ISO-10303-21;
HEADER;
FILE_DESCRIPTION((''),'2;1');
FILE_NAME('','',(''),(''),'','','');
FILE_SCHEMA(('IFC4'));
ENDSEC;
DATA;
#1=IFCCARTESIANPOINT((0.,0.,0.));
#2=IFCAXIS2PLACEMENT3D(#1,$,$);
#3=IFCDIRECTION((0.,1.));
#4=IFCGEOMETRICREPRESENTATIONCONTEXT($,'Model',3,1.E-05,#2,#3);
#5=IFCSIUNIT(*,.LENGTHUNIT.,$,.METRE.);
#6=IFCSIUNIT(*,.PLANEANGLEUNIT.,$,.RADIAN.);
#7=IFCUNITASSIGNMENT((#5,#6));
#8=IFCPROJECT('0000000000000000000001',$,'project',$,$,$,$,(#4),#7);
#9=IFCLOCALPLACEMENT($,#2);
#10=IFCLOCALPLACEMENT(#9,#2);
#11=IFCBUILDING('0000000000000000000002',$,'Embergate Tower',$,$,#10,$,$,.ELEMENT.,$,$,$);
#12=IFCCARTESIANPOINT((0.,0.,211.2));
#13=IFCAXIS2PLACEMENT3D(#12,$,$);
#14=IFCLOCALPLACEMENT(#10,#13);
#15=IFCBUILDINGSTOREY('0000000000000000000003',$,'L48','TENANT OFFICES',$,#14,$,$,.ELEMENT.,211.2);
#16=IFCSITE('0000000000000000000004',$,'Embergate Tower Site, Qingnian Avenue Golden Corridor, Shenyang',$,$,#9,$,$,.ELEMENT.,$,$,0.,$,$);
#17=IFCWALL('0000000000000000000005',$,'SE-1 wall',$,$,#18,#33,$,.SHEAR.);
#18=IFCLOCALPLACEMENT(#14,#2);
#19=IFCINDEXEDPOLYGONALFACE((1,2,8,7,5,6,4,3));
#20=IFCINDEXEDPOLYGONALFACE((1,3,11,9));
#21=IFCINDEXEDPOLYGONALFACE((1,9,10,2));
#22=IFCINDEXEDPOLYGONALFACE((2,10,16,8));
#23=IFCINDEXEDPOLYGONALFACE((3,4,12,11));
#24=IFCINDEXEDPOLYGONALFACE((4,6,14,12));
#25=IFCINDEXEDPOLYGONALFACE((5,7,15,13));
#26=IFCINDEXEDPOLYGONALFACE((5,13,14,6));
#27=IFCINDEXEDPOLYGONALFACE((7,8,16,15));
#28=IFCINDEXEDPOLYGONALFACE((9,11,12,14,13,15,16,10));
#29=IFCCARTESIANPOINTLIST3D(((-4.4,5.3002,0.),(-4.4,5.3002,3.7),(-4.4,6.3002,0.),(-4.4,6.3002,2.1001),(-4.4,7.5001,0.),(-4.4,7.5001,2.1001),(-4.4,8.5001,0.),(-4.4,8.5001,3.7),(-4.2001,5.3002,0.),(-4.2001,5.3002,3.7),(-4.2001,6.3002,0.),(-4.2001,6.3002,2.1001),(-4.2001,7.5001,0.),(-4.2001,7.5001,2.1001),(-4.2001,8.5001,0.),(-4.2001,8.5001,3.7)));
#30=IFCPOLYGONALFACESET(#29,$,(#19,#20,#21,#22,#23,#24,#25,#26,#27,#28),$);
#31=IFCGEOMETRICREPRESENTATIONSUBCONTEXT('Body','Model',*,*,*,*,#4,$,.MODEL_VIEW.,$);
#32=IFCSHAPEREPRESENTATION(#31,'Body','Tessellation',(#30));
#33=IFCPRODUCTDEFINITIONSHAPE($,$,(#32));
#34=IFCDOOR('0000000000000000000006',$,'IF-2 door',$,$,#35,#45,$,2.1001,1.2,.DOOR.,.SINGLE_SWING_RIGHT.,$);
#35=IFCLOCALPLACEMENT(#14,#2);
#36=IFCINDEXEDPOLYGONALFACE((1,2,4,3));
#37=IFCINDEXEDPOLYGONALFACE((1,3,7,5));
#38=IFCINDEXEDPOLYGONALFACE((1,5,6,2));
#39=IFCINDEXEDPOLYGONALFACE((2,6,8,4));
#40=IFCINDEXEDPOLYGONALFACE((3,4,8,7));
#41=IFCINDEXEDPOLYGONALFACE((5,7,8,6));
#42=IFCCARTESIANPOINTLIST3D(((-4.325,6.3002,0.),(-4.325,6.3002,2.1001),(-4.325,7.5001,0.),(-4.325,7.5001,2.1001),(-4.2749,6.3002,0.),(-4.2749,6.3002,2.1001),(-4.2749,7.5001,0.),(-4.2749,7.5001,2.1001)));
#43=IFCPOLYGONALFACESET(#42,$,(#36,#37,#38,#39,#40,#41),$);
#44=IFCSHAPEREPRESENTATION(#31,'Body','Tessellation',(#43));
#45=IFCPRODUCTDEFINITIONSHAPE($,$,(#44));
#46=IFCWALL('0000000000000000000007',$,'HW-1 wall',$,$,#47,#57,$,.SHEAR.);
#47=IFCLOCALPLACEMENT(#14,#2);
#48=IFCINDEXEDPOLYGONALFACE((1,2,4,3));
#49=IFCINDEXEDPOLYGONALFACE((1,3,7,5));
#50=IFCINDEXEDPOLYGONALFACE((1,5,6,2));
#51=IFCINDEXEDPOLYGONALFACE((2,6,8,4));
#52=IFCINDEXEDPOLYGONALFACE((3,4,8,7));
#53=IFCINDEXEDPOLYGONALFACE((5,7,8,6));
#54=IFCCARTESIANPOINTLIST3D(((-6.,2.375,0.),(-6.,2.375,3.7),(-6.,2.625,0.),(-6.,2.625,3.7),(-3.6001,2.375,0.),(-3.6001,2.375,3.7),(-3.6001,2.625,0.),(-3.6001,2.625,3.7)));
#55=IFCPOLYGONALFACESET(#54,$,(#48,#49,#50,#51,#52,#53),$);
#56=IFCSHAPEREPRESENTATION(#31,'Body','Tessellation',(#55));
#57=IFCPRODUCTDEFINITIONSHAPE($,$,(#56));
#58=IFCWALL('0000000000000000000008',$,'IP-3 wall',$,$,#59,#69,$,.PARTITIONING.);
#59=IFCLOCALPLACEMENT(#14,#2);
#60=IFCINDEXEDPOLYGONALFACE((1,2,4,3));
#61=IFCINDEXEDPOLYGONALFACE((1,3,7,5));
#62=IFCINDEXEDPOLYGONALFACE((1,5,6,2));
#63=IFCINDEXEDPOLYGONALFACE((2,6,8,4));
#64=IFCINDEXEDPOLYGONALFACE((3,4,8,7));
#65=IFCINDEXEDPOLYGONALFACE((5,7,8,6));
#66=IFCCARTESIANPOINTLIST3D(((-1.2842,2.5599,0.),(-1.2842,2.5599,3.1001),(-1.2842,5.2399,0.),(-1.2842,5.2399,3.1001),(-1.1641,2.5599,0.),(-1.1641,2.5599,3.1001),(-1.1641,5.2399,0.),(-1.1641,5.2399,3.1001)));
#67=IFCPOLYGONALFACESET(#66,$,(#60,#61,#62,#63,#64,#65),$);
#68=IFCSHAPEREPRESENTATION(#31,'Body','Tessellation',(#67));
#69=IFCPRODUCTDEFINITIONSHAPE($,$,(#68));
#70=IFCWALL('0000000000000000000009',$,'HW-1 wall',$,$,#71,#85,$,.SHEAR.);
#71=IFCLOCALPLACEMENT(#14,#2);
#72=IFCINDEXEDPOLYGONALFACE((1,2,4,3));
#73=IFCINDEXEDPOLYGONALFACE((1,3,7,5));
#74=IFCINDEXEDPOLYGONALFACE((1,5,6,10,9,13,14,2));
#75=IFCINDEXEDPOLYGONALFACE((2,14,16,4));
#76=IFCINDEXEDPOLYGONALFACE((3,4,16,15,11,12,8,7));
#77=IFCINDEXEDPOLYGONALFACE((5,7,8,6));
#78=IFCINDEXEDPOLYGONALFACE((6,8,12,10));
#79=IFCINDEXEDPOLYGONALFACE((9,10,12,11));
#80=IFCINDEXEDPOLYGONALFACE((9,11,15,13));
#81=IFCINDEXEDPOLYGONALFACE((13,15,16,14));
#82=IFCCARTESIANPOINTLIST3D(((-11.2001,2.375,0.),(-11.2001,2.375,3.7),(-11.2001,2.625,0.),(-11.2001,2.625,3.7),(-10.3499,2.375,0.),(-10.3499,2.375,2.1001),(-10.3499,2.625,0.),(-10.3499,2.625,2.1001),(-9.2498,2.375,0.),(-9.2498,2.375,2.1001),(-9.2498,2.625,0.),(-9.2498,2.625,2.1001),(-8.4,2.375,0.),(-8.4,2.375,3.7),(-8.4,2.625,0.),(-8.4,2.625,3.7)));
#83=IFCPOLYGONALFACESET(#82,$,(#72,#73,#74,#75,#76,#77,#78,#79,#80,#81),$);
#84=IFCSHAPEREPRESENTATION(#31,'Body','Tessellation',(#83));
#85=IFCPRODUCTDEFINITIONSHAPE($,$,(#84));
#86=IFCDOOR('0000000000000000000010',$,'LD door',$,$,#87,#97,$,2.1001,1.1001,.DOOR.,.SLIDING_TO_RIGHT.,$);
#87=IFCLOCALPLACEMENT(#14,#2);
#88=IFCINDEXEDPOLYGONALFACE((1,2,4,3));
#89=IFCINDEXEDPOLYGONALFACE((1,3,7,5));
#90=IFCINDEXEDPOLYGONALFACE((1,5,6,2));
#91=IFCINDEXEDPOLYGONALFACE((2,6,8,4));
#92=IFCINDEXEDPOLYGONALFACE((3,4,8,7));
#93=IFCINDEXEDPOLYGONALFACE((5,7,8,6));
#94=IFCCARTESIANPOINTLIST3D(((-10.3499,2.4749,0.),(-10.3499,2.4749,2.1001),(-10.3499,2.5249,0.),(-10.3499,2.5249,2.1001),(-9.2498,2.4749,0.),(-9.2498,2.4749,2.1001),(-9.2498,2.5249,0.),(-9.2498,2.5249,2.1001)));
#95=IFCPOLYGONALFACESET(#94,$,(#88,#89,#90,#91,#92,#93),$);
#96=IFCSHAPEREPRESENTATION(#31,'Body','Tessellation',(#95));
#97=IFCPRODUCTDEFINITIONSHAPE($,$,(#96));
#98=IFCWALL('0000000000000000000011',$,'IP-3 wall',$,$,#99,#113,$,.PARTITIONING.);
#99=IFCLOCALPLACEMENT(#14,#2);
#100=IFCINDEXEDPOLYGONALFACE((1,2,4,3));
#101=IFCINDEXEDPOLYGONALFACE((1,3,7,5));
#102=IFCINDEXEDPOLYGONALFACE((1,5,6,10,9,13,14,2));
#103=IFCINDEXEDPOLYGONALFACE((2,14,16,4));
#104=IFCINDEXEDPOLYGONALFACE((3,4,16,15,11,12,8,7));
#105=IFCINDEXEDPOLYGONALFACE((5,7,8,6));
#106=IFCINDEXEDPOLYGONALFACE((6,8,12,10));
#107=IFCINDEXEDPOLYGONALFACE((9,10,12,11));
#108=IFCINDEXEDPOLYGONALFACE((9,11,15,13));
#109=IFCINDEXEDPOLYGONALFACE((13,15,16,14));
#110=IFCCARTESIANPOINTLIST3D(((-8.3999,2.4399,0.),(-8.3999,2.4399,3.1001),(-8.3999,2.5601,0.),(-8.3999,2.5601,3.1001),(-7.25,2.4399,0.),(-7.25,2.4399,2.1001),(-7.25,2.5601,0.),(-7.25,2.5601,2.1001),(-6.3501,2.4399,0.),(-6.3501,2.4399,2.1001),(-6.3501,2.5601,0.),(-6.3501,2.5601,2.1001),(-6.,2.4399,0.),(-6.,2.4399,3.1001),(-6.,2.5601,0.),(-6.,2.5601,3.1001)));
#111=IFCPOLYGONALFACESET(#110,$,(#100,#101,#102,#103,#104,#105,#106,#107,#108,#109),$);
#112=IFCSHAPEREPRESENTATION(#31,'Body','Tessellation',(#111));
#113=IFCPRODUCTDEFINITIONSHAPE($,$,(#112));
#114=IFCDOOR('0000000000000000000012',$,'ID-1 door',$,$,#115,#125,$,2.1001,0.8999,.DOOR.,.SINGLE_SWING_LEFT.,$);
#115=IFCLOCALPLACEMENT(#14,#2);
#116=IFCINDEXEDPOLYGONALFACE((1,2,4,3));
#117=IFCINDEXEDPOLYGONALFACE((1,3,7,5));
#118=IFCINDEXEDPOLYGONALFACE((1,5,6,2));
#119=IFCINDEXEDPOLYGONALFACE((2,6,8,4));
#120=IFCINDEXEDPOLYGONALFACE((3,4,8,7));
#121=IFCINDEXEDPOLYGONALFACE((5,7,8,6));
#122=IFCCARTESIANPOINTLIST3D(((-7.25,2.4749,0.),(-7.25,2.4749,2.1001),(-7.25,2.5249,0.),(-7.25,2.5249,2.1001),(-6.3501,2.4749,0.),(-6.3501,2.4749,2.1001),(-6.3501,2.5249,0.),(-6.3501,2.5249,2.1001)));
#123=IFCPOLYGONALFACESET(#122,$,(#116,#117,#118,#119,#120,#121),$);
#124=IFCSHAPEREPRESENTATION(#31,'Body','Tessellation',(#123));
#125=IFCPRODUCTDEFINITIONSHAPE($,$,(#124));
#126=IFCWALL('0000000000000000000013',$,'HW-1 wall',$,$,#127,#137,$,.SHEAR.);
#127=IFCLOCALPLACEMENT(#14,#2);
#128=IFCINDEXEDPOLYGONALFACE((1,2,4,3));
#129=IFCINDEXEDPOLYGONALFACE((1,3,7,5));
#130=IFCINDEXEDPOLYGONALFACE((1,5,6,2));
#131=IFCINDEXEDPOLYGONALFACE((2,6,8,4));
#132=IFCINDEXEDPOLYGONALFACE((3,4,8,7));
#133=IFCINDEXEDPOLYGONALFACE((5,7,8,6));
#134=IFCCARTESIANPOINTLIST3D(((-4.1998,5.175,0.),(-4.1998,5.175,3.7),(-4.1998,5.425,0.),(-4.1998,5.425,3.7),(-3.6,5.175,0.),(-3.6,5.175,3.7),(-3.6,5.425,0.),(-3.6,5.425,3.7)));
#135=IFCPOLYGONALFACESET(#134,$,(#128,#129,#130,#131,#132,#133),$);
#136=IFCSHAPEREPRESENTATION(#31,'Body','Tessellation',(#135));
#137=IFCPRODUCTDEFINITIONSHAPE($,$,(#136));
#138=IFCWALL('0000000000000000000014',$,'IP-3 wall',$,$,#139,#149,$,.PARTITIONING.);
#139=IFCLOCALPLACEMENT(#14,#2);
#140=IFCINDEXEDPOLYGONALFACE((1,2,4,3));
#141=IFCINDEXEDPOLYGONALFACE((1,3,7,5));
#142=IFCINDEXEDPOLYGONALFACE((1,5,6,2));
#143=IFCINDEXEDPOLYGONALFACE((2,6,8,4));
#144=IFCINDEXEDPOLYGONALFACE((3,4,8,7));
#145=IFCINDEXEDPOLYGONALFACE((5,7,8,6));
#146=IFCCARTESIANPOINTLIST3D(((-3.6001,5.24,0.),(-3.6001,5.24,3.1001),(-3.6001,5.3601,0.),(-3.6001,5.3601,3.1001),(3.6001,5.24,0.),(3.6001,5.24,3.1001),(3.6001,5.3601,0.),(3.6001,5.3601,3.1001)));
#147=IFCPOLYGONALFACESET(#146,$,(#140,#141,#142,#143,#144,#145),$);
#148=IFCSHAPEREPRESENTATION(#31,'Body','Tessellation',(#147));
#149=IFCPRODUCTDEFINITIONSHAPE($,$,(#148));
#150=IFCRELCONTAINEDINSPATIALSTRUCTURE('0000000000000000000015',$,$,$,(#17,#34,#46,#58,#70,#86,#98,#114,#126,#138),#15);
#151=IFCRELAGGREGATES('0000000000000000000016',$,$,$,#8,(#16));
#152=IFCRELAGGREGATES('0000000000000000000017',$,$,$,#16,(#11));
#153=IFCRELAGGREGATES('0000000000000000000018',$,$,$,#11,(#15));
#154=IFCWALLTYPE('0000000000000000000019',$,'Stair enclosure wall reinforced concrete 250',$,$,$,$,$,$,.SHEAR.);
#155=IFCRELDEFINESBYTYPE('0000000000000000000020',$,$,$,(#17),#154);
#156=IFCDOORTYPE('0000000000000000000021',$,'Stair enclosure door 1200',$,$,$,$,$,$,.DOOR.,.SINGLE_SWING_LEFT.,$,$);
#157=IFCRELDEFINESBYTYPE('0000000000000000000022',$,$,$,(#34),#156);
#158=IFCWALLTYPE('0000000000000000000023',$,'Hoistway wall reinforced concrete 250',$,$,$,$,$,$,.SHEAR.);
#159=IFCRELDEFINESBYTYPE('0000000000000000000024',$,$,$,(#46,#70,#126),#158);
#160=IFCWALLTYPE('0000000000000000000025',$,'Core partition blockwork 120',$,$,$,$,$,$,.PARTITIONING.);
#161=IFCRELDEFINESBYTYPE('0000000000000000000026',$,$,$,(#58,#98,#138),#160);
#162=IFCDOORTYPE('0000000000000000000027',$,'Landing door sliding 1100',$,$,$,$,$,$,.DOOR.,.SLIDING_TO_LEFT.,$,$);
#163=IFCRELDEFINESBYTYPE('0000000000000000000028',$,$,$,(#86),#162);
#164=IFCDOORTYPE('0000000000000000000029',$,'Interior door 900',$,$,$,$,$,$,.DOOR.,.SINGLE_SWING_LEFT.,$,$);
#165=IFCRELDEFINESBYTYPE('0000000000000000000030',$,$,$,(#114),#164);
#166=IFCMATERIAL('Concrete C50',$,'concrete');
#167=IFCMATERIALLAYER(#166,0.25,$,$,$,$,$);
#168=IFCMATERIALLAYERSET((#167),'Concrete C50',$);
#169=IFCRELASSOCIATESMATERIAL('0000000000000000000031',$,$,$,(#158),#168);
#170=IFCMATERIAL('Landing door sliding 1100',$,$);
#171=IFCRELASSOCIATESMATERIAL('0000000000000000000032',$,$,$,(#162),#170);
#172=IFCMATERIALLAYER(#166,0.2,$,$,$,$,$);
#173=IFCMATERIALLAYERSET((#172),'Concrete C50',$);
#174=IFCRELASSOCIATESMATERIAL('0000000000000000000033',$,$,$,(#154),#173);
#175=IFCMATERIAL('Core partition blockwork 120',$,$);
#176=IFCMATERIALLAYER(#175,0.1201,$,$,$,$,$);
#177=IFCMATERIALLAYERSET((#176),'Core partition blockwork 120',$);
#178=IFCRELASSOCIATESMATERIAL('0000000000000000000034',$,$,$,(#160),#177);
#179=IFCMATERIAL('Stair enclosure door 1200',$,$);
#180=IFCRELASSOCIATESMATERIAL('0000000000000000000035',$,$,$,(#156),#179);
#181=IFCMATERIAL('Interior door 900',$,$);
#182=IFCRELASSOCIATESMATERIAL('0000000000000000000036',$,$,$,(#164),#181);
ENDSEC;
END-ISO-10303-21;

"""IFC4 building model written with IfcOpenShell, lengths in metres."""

from ifc_helpers import new_model, si_unit, direction, frame, frame_2d, origin, place, context, subcontext, project, spatial, rectangle, extrude, source, transform, mapped, material, layer, layer_set, type_object, element, fill, save


model = new_model("IFC4")

# Units and contexts
model_context = context("Model", 3, precision=1e-05, world=origin(), true_north=direction((0.0, 1.0)))
body_context = subcontext(model_context, "Body", "Model", "MODEL_VIEW")
ifc_project = project(units=[si_unit("LENGTHUNIT", "METRE"), si_unit("PLANEANGLEUNIT", "RADIAN")], contexts=[model_context])

# Site, building, storey
site_placement = place(None, origin())
site = spatial("IfcSite", under=ifc_project, at=site_placement, Name="Embergate Tower Site, Qingnian Avenue Golden Corridor, Shenyang", CompositionType="ELEMENT", RefElevation=0.0)
building_placement = place(site_placement, origin())
building = spatial("IfcBuilding", under=site, at=building_placement, Name="Embergate Tower", CompositionType="ELEMENT")
storey_placement = place(building_placement, frame((0.0, 0.0, 211.2)))
storey = spatial("IfcBuildingStorey", under=building, at=storey_placement, Name="L48", Description="TENANT OFFICES", CompositionType="ELEMENT", Elevation=211.2)

# Shared definitions
ifc_material_1 = material(Name="Concrete C50", Category="concrete")
ifc_layer_1 = layer(ifc_material_1, 0.25)
ifc_layer_set_1 = layer_set([ifc_layer_1], Name="Concrete C50")
wall_type_1 = type_object("IfcWallType", Name="Hoistway wall reinforced concrete 250", PredefinedType="SHEAR", material=ifc_layer_set_1)

# Shared definitions
shared_shape_1 = source(origin(), body_context, "Body", "SweptSolid", [
    extrude(rectangle(XDim=1.1001, YDim=2.1001, at=frame_2d((0.55, 1.05))), frame((0.0, 0.135, 0.0), z_axis=(0.0, -1.0, 0.0), x_axis=(1.0, 0.0, 0.0)), (0.0, 0.0, 1.0), 0.27),
])
ifc_material_2 = material(Name="Landing door sliding 1100")
door_type_1 = type_object("IfcDoorType", Name="Landing door sliding 1100", OperationType="SLIDING_TO_LEFT", PredefinedType="DOOR", material=ifc_material_2)
shared_shape_2 = source(origin(), body_context, "Body", "SweptSolid", [
    extrude(rectangle(XDim=1.1001, YDim=2.1001, at=frame_2d((0.55, 1.05))), frame((0.0, 0.0249, 0.0), z_axis=(0.0, -1.0, 0.0), x_axis=(1.0, 0.0, 0.0)), (0.0, 0.0, 1.0), 0.05),
])

# Shared definitions
ifc_layer_2 = layer(ifc_material_1, 0.2)
ifc_layer_set_2 = layer_set([ifc_layer_2], Name="Concrete C50")
wall_type_2 = type_object("IfcWallType", Name="Stair enclosure wall reinforced concrete 250", PredefinedType="SHEAR", material=ifc_layer_set_2)

# Wall, opening, door
ifc_material_3 = material(Name="Core partition blockwork 120")
ifc_layer_3 = layer(ifc_material_3, 0.1201)
ifc_layer_set_3 = layer_set([ifc_layer_3], Name="Core partition blockwork 120")
wall_type_3 = type_object("IfcWallType", Name="Core partition blockwork 120", PredefinedType="PARTITIONING", material=ifc_layer_set_3)
shared_shape_3 = source(origin(), body_context, "Body", "SweptSolid", [
    extrude(rectangle(XDim=3.2, YDim=0.2, at=frame_2d((1.6001, 0.0))), origin(), (0.0, 0.0, 1.0), 3.7),
])
wall_1_placement = place(storey_placement, frame((-4.3, 5.3, 0.0), z_axis=(0.0, 0.0, 1.0), x_axis=(0.0, 1.0, 0.0)))
wall_1 = element("IfcWall", 1, at=wall_1_placement, inside=storey, type_object=wall_type_2, Name="SE-1 wall", PredefinedType="SHEAR", context=body_context, shape_type="MappedRepresentation", body=[
    mapped(shared_shape_3, transform((0.0, 0.0, 0.0))),
])
shared_shape_4 = source(origin(), body_context, "Body", "SweptSolid", [
    extrude(rectangle(XDim=1.2, YDim=2.1001, at=frame_2d((0.6001, 1.05))), frame((0.0, 0.1099, 0.0), z_axis=(0.0, -1.0, 0.0), x_axis=(1.0, 0.0, 0.0)), (0.0, 0.0, 1.0), 0.22),
])
opening_1_placement = place(wall_1_placement, frame((1.0, 0.0, 0.0)))
opening_1 = element("IfcOpeningElement", 2, at=opening_1_placement, cuts=wall_1, PredefinedType="OPENING", context=body_context, shape_type="MappedRepresentation", body=[
    mapped(shared_shape_4, transform((0.0, 0.0, 0.0))),
])
ifc_material_4 = material(Name="Stair enclosure door 1200")
door_type_2 = type_object("IfcDoorType", Name="Stair enclosure door 1200", OperationType="SINGLE_SWING_LEFT", PredefinedType="DOOR", material=ifc_material_4)
shared_shape_5 = source(origin(), body_context, "Body", "SweptSolid", [
    extrude(rectangle(XDim=1.2, YDim=2.1001, at=frame_2d((0.6001, 1.05))), frame((0.0, 0.0249, 0.0), z_axis=(0.0, -1.0, 0.0), x_axis=(1.0, 0.0, 0.0)), (0.0, 0.0, 1.0), 0.05),
])
door_1_placement = place(opening_1_placement, origin())
door_1 = element("IfcDoor", 3, at=door_1_placement, inside=storey, type_object=door_type_2, Name="IF-2 door", OperationType="SINGLE_SWING_RIGHT", OverallHeight=2.1001, OverallWidth=1.2, PredefinedType="DOOR", context=body_context, shape_type="MappedRepresentation", body=[
    mapped(shared_shape_5, transform((0.0, 0.0, 0.0))),
])
fill(opening_1, door_1)

# Walls
shared_shape_6 = source(origin(), body_context, "Body", "SweptSolid", [
    extrude(rectangle(XDim=2.3999, YDim=0.25, at=frame_2d((1.2, 0.0))), origin(), (0.0, 0.0, 1.0), 3.7),
])
wall_2_placement = place(storey_placement, frame((-6.0, 2.5, 0.0), z_axis=(0.0, 0.0, 1.0), x_axis=(1.0, 0.0, 0.0)))
element("IfcWall", 4, at=wall_2_placement, inside=storey, type_object=wall_type_1, Name="HW-1 wall", PredefinedType="SHEAR", context=body_context, shape_type="MappedRepresentation", body=[
    mapped(shared_shape_6, transform((0.0, 0.0, 0.0))),
])
shared_shape_7 = source(origin(), body_context, "Body", "SweptSolid", [
    extrude(rectangle(XDim=2.6799, YDim=0.1201, at=frame_2d((1.3398, 0.0))), origin(), (0.0, 0.0, 1.0), 3.1001),
])
wall_3_placement = place(storey_placement, frame((-1.2241, 2.5601, 0.0), z_axis=(0.0, 0.0, 1.0), x_axis=(0.0, 1.0, 0.0)))
element("IfcWall", 5, at=wall_3_placement, inside=storey, type_object=wall_type_3, Name="IP-3 wall", PredefinedType="PARTITIONING", context=body_context, shape_type="MappedRepresentation", body=[
    mapped(shared_shape_7, transform((0.0, 0.0, 0.0))),
])

# Walls, openings, doors
shared_shape_8 = source(origin(), body_context, "Body", "SweptSolid", [
    extrude(rectangle(XDim=2.8, YDim=0.25, at=frame_2d((1.3999, 0.0))), origin(), (0.0, 0.0, 1.0), 3.7),
])
wall_4_placement = place(storey_placement, frame((-11.2, 2.5, 0.0), z_axis=(0.0, 0.0, 1.0), x_axis=(1.0, 0.0, 0.0)))
wall_4 = element("IfcWall", 6, at=wall_4_placement, inside=storey, type_object=wall_type_1, Name="HW-1 wall", PredefinedType="SHEAR", context=body_context, shape_type="MappedRepresentation", body=[
    mapped(shared_shape_8, transform((0.0, 0.0, 0.0))),
])
opening_2_placement = place(wall_4_placement, frame((0.8501, 0.0, 0.0)))
opening_2 = element("IfcOpeningElement", 7, at=opening_2_placement, cuts=wall_4, PredefinedType="OPENING", context=body_context, shape_type="MappedRepresentation", body=[
    mapped(shared_shape_1, transform((0.0, 0.0, 0.0))),
])
door_2_placement = place(opening_2_placement, origin())
door_2 = element("IfcDoor", 8, at=door_2_placement, inside=storey, type_object=door_type_1, Name="LD door", OperationType="SLIDING_TO_RIGHT", OverallHeight=2.1001, OverallWidth=1.1001, PredefinedType="DOOR", context=body_context, shape_type="MappedRepresentation", body=[
    mapped(shared_shape_2, transform((0.0, 0.0, 0.0))),
])
fill(opening_2, door_2)
shared_shape_9 = source(origin(), body_context, "Body", "SweptSolid", [
    extrude(rectangle(XDim=2.3999, YDim=0.1201, at=frame_2d((1.2, 0.0))), origin(), (0.0, 0.0, 1.0), 3.1001),
])
wall_5_placement = place(storey_placement, frame((-8.3999, 2.5, 0.0), z_axis=(0.0, 0.0, 1.0), x_axis=(1.0, 0.0, 0.0)))
wall_5 = element("IfcWall", 9, at=wall_5_placement, inside=storey, type_object=wall_type_3, Name="IP-3 wall", PredefinedType="PARTITIONING", context=body_context, shape_type="MappedRepresentation", body=[
    mapped(shared_shape_9, transform((0.0, 0.0, 0.0))),
])
shared_shape_10 = source(origin(), body_context, "Body", "SweptSolid", [
    extrude(rectangle(XDim=0.8999, YDim=2.1001, at=frame_2d((0.45, 1.05))), frame((0.0, 0.0701, 0.0), z_axis=(0.0, -1.0, 0.0), x_axis=(1.0, 0.0, 0.0)), (0.0, 0.0, 1.0), 0.1401),
])
opening_3_placement = place(wall_5_placement, frame((1.1499, 0.0, 0.0)))
opening_3 = element("IfcOpeningElement", 10, at=opening_3_placement, cuts=wall_5, PredefinedType="OPENING", context=body_context, shape_type="MappedRepresentation", body=[
    mapped(shared_shape_10, transform((0.0, 0.0, 0.0))),
])
ifc_material_5 = material(Name="Interior door 900")
door_type_3 = type_object("IfcDoorType", Name="Interior door 900", OperationType="SINGLE_SWING_LEFT", PredefinedType="DOOR", material=ifc_material_5)
shared_shape_11 = source(origin(), body_context, "Body", "SweptSolid", [
    extrude(rectangle(XDim=0.8999, YDim=2.1001, at=frame_2d((0.45, 1.05))), frame((0.0, 0.0249, 0.0), z_axis=(0.0, -1.0, 0.0), x_axis=(1.0, 0.0, 0.0)), (0.0, 0.0, 1.0), 0.05),
])
door_3_placement = place(opening_3_placement, origin())
door_3 = element("IfcDoor", 11, at=door_3_placement, inside=storey, type_object=door_type_3, Name="ID-1 door", OperationType="SINGLE_SWING_LEFT", OverallHeight=2.1001, OverallWidth=0.8999, PredefinedType="DOOR", context=body_context, shape_type="MappedRepresentation", body=[
    mapped(shared_shape_11, transform((0.0, 0.0, 0.0))),
])
fill(opening_3, door_3)

# Walls
shared_shape_12 = source(origin(), body_context, "Body", "SweptSolid", [
    extrude(rectangle(XDim=0.5999, YDim=0.25, at=frame_2d((0.2998, 0.0))), origin(), (0.0, 0.0, 1.0), 3.7),
])
wall_6_placement = place(storey_placement, frame((-3.6001, 5.3, 0.0), z_axis=(0.0, 0.0, 1.0), x_axis=(-1.0, 0.0, 0.0)))
element("IfcWall", 12, at=wall_6_placement, inside=storey, type_object=wall_type_1, Name="HW-1 wall", PredefinedType="SHEAR", context=body_context, shape_type="MappedRepresentation", body=[
    mapped(shared_shape_12, transform((0.0, 0.0, 0.0))),
])
shared_shape_13 = source(origin(), body_context, "Body", "SweptSolid", [
    extrude(rectangle(XDim=7.2002, YDim=0.1201, at=frame_2d((3.6001, 0.0))), origin(), (0.0, 0.0, 1.0), 3.1001),
])
wall_7_placement = place(storey_placement, frame((-3.6001, 5.3, 0.0), z_axis=(0.0, 0.0, 1.0), x_axis=(1.0, 0.0, 0.0)))
element("IfcWall", 13, at=wall_7_placement, inside=storey, type_object=wall_type_3, Name="IP-3 wall", PredefinedType="PARTITIONING", context=body_context, shape_type="MappedRepresentation", body=[
    mapped(shared_shape_13, transform((0.0, 0.0, 0.0))),
])

save(model, "model.ifc")
